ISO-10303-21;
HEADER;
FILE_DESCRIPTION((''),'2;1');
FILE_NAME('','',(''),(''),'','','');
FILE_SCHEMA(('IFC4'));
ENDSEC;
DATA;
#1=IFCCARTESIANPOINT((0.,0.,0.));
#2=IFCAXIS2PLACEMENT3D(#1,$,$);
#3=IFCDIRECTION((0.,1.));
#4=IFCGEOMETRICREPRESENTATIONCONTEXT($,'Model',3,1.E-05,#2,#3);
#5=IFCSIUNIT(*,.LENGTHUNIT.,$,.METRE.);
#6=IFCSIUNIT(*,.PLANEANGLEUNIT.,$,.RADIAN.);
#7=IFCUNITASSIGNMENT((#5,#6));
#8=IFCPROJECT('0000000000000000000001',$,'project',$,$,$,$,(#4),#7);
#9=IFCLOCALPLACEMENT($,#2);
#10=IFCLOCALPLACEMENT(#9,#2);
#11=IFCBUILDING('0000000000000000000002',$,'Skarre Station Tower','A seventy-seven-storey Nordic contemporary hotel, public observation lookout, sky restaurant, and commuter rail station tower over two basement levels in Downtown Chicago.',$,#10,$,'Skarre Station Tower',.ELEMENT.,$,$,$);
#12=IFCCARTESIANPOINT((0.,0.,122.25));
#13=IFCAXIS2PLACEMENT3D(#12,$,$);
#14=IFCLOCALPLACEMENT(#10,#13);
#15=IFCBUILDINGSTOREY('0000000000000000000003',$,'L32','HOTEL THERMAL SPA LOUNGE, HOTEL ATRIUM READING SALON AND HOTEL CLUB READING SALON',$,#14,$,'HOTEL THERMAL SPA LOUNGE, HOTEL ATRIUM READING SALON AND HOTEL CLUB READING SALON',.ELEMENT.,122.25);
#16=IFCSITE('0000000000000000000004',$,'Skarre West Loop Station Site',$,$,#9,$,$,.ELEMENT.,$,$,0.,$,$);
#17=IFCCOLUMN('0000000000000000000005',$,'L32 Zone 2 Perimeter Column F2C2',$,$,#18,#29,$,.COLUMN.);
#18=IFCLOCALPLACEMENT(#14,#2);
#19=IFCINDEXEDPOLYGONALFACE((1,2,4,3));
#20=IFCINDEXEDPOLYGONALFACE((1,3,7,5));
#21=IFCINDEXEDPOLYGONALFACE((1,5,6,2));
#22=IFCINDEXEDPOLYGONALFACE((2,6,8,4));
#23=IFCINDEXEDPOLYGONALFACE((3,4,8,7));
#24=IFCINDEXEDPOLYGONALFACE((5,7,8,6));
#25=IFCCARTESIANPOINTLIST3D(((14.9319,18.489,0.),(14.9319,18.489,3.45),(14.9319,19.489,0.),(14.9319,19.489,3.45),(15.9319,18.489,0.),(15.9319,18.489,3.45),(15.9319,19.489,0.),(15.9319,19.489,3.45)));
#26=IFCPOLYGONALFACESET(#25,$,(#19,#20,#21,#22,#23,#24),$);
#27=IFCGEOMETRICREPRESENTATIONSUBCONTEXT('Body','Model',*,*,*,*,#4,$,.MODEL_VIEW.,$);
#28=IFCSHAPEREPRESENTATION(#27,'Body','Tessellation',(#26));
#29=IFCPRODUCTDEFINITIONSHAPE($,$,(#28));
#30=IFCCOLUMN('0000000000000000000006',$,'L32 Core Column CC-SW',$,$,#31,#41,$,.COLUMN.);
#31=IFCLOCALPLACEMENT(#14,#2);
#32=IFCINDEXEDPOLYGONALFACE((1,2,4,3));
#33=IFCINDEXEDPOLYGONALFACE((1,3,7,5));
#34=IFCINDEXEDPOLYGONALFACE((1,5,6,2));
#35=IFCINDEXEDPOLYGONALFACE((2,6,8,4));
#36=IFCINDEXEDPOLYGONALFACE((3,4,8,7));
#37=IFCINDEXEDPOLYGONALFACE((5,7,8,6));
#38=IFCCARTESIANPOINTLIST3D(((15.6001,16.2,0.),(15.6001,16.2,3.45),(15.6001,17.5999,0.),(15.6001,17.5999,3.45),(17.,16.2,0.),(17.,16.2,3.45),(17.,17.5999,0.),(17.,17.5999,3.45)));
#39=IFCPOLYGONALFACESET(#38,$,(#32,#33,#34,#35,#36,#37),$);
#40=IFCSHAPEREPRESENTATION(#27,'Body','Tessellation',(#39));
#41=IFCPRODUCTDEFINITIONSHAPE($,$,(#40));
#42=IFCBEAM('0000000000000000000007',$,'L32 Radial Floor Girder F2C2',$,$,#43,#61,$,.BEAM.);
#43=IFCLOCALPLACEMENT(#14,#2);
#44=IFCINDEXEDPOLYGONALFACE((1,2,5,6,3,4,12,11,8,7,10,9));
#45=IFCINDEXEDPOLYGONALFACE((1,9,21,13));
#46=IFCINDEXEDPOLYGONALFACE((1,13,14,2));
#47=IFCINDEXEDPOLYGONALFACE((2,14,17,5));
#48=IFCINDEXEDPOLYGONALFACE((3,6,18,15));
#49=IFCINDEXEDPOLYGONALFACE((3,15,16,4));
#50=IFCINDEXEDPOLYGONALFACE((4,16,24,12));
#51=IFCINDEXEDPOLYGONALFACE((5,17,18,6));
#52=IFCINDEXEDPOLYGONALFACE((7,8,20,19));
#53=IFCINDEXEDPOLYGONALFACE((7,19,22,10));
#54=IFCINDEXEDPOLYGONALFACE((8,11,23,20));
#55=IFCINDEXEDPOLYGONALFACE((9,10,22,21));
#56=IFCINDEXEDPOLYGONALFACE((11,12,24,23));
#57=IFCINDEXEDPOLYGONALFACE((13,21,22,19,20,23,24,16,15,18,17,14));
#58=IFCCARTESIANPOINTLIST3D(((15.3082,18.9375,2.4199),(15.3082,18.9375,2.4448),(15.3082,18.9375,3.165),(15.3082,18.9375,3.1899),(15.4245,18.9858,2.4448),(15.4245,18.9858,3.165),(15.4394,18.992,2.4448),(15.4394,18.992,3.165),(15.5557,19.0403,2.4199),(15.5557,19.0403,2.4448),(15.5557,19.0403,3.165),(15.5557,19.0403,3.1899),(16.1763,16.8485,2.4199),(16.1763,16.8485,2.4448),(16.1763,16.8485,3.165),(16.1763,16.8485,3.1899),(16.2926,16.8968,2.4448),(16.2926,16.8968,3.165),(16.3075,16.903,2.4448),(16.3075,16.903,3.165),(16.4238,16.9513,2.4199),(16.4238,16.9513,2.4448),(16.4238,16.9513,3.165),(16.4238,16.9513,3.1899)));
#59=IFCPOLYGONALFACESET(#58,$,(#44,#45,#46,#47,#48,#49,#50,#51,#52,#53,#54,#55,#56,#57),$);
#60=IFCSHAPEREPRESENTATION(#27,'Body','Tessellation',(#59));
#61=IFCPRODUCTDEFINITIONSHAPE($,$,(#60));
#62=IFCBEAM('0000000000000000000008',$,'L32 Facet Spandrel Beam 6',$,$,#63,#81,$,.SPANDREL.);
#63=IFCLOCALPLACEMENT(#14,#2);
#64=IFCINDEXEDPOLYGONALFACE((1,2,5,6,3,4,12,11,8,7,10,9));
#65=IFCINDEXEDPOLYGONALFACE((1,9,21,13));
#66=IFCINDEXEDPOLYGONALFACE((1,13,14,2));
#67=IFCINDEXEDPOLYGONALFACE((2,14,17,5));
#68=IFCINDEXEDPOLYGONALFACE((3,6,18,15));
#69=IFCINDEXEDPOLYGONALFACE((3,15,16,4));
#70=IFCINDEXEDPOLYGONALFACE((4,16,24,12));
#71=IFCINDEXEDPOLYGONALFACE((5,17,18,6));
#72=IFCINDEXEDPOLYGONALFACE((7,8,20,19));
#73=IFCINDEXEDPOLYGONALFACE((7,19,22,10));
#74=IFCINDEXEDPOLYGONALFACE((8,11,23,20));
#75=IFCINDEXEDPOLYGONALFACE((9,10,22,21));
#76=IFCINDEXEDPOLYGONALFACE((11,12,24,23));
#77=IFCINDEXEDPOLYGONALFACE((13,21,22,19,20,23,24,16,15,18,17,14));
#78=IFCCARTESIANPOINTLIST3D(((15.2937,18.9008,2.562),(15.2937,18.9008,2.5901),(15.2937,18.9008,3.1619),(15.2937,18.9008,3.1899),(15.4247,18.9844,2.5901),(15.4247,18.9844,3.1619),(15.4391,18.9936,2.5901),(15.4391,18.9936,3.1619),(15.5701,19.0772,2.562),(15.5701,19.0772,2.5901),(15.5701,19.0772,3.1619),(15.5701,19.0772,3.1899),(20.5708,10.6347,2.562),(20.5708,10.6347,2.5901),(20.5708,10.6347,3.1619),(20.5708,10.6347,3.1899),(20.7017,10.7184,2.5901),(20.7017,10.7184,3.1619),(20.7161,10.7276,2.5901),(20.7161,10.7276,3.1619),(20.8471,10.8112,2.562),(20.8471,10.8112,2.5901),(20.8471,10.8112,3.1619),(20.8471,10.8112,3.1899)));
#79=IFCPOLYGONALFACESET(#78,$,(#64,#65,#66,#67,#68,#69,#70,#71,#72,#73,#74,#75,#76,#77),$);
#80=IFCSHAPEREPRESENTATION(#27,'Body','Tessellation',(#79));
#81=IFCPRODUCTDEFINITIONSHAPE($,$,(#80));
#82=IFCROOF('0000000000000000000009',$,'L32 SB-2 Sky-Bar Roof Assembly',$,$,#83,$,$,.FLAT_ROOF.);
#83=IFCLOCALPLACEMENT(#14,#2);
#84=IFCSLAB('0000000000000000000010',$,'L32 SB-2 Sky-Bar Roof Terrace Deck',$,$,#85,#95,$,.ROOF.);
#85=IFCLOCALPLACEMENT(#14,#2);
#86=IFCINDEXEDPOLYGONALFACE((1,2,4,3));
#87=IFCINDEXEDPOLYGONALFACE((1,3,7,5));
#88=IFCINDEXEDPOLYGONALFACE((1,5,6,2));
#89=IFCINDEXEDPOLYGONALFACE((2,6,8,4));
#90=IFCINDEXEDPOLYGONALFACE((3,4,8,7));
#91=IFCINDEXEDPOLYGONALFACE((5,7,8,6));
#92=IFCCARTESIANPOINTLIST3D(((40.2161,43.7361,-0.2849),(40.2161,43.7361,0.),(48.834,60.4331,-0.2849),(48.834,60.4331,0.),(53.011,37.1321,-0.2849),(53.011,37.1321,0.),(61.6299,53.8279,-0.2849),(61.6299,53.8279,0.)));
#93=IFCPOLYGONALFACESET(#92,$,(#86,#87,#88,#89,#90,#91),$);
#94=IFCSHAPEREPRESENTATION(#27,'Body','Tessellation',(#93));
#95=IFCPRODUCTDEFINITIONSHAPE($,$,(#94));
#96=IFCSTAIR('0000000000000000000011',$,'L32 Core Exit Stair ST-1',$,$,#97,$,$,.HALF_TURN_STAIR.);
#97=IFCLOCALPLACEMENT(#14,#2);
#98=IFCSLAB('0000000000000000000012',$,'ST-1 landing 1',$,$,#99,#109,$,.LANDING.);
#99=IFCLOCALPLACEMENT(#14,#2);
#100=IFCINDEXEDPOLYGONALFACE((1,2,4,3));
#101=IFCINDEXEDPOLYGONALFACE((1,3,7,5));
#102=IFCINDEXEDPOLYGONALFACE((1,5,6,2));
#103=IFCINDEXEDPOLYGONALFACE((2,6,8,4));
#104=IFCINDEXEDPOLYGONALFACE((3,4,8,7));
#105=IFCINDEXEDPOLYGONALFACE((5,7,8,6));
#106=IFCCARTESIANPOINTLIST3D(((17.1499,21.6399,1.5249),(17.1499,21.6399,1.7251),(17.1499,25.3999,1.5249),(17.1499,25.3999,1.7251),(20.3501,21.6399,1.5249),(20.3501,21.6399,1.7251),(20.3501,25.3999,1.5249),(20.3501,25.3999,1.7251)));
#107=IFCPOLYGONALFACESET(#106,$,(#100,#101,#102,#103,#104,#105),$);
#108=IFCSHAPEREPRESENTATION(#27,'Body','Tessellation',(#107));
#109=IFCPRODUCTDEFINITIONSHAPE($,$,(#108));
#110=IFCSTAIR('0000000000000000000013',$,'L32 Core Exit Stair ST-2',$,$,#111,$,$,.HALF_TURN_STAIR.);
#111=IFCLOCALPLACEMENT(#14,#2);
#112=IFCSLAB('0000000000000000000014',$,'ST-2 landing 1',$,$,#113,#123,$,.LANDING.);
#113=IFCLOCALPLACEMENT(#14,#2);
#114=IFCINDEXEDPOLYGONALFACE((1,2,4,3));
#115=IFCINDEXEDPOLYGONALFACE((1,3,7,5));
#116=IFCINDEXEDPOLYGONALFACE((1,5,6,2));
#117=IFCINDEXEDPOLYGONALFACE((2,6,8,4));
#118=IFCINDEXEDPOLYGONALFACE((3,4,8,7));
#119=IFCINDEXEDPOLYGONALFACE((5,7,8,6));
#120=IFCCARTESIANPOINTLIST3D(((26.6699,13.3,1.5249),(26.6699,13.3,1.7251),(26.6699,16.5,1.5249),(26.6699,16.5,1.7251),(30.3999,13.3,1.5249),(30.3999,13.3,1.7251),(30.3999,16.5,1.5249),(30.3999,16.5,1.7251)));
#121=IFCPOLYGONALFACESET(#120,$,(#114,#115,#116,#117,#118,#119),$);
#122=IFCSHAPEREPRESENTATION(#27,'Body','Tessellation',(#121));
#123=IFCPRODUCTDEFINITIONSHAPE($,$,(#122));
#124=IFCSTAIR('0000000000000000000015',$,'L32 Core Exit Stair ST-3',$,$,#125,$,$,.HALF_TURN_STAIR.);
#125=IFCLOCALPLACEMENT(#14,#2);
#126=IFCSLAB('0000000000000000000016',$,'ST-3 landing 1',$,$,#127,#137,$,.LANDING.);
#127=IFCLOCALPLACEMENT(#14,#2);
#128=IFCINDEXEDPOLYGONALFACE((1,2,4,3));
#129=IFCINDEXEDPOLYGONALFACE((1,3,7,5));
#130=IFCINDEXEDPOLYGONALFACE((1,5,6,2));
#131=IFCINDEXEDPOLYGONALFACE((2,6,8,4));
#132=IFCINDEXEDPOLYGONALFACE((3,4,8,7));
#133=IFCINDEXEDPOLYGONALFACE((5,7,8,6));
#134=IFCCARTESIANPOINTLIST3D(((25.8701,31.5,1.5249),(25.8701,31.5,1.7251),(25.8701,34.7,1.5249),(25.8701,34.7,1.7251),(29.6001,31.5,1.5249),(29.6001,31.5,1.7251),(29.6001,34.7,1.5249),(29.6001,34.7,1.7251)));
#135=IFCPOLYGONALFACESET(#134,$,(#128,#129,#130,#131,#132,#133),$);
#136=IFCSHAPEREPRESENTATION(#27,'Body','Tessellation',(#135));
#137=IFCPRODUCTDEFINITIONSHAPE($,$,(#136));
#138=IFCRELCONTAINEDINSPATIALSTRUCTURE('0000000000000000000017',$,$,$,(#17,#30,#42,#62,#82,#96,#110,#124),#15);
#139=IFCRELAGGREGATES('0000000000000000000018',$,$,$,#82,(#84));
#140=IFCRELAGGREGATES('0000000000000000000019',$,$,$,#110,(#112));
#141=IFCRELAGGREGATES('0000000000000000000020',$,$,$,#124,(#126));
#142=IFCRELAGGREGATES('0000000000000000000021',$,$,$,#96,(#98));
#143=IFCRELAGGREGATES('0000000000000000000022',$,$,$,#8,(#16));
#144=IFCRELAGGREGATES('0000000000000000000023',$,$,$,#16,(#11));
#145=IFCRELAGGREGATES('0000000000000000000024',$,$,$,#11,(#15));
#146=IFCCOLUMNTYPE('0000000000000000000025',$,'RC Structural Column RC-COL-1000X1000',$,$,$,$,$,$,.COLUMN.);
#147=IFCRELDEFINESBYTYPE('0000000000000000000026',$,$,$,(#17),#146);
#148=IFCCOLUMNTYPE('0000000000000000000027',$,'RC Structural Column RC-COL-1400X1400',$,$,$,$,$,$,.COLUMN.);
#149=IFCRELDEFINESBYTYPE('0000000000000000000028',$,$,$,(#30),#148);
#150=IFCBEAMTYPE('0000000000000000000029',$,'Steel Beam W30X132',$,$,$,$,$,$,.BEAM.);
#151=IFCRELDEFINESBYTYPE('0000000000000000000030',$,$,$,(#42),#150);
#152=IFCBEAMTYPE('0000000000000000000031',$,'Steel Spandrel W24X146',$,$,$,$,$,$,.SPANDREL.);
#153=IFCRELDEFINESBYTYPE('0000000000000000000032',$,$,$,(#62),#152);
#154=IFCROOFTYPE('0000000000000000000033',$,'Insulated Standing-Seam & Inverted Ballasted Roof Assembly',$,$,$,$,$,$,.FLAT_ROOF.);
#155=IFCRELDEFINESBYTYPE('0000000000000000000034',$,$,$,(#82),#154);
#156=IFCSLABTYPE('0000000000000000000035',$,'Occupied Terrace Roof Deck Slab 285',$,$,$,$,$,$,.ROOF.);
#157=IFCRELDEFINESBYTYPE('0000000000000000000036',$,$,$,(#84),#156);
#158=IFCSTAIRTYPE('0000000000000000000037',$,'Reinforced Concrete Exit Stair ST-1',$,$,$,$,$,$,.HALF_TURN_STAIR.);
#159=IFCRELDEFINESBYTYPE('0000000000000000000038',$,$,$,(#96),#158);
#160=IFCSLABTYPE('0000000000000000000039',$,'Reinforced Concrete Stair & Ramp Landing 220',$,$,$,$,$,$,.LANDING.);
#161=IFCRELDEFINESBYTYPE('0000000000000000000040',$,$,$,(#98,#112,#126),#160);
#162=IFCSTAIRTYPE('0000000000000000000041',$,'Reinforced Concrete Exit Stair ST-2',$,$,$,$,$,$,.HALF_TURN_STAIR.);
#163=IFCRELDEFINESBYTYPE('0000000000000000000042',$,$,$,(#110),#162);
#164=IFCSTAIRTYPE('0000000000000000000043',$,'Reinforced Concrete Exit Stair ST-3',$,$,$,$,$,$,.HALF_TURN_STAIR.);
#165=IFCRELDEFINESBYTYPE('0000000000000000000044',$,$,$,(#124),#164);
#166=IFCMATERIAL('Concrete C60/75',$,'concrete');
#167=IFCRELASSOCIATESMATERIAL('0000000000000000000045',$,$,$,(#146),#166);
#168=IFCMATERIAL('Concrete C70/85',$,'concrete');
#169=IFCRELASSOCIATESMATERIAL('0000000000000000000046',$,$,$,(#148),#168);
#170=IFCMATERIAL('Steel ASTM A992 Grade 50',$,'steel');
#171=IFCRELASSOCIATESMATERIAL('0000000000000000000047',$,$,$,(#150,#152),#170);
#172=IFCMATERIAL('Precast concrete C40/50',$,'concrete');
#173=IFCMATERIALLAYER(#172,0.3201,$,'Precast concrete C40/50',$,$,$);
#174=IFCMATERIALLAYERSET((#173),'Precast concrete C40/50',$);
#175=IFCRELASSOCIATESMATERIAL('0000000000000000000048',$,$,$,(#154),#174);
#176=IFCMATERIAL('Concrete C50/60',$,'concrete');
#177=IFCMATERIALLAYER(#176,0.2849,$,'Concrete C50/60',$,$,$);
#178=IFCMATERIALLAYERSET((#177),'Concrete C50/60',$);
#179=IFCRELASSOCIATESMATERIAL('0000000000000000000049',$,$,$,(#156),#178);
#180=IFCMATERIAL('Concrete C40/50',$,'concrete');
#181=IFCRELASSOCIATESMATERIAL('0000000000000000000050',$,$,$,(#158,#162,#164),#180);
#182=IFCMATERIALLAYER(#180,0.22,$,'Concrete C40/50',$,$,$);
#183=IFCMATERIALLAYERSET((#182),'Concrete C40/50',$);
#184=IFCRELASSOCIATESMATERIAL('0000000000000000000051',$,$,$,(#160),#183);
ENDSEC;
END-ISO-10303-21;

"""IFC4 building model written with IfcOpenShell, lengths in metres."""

from ifc_helpers import new_model, si_unit, direction, frame, origin, origin_2d, place, context, subcontext, project, spatial, polyline, rectangle, i_section, outline, extrude, material, layer, layer_set, material_profile, profile_set, type_object, element, aggregate, save


model = new_model("IFC4")

# Units and contexts
model_context = context("Model", 3, precision=1e-05, world=origin(), true_north=direction((0.0, 1.0)))
body_context = subcontext(model_context, "Body", "Model", "MODEL_VIEW")
ifc_project = project(units=[si_unit("LENGTHUNIT", "METRE"), si_unit("PLANEANGLEUNIT", "RADIAN")], contexts=[model_context])

# Site, building, storey
site_placement = place(None, origin())
site = spatial("IfcSite", under=ifc_project, at=site_placement, Name="Skarre West Loop Station Site", CompositionType="ELEMENT", RefElevation=0.0)
building_placement = place(site_placement, origin())
building = spatial("IfcBuilding", under=site, at=building_placement, Name="Skarre Station Tower", Description="A seventy-seven-storey Nordic contemporary hotel, public observation lookout, sky restaurant, and commuter rail station tower over two basement levels in Downtown Chicago.", LongName="Skarre Station Tower", CompositionType="ELEMENT")
storey_placement = place(building_placement, frame((0.0, 0.0, 122.25)))
storey = spatial("IfcBuildingStorey", under=building, at=storey_placement, Name="L32", Description="HOTEL THERMAL SPA LOUNGE, HOTEL ATRIUM READING SALON AND HOTEL CLUB READING SALON", LongName="HOTEL THERMAL SPA LOUNGE, HOTEL ATRIUM READING SALON AND HOTEL CLUB READING SALON", CompositionType="ELEMENT", Elevation=122.25)

# Columns
ifc_material_1 = material(Name="Concrete C60/75", Category="concrete")
ifc_material_profile_1 = material_profile(ifc_material_1, rectangle(XDim=1.0, YDim=1.0, at=origin_2d()), Name="Concrete C60/75")
ifc_profile_set_1 = profile_set([ifc_material_profile_1], Name="Concrete C60/75")
column_type_1 = type_object("IfcColumnType", Name="RC Structural Column RC-COL-1000X1000", PredefinedType="COLUMN", material=ifc_profile_set_1)
column_1_placement = place(storey_placement, frame((15.4319, 18.989, 0.0), z_axis=(0.0, 0.0, 1.0), x_axis=(1.0, 0.0, 0.0)))
element("IfcColumn", 1, at=column_1_placement, inside=storey, type_object=column_type_1, Name="L32 Zone 2 Perimeter Column F2C2", PredefinedType="COLUMN", context=body_context, shape_type="SweptSolid", body=[
    extrude(rectangle(XDim=1.0, YDim=1.0, at=origin_2d()), origin(), (0.0, 0.0, 1.0), 3.45),
])
ifc_material_2 = material(Name="Concrete C70/85", Category="concrete")
ifc_material_profile_2 = material_profile(ifc_material_2, rectangle(XDim=1.3999, YDim=1.3999, at=origin_2d()), Name="Concrete C70/85")
ifc_profile_set_2 = profile_set([ifc_material_profile_2], Name="Concrete C70/85")
column_type_2 = type_object("IfcColumnType", Name="RC Structural Column RC-COL-1400X1400", PredefinedType="COLUMN", material=ifc_profile_set_2)
column_2_placement = place(storey_placement, frame((16.3, 16.8999, 0.0), z_axis=(0.0, 0.0, 1.0), x_axis=(1.0, 0.0, 0.0)))
element("IfcColumn", 2, at=column_2_placement, inside=storey, type_object=column_type_2, Name="L32 Core Column CC-SW", PredefinedType="COLUMN", context=body_context, shape_type="SweptSolid", body=[
    extrude(rectangle(XDim=1.3999, YDim=1.3999, at=origin_2d()), origin(), (0.0, 0.0, 1.0), 3.45),
])

# Beams
ifc_material_3 = material(Name="Steel ASTM A992 Grade 50", Category="steel")
ifc_material_profile_3 = material_profile(ifc_material_3, i_section(OverallWidth=0.2681, OverallDepth=0.77, WebThickness=0.0161, FlangeThickness=0.0249, at=origin_2d()), Name="Steel ASTM A992 Grade 50")
ifc_profile_set_3 = profile_set([ifc_material_profile_3], Name="Steel ASTM A992 Grade 50")
beam_type_1 = type_object("IfcBeamType", Name="Steel Beam W30X132", PredefinedType="BEAM", material=ifc_profile_set_3)
beam_1_placement = place(storey_placement, frame((16.3, 16.8999, 2.8049), z_axis=(-0.383749, 0.923437, 0.0), x_axis=(-0.923437, -0.383749, 0.0)))
element("IfcBeam", 3, at=beam_1_placement, inside=storey, type_object=beam_type_1, Name="L32 Radial Floor Girder F2C2", PredefinedType="BEAM", context=body_context, shape_type="SweptSolid", body=[
    extrude(i_section(OverallWidth=0.2681, OverallDepth=0.77, WebThickness=0.0161, FlangeThickness=0.0249, at=origin_2d()), origin(), (0.0, 0.0, 1.0), 2.2622),
])
ifc_material_profile_4 = material_profile(ifc_material_3, i_section(OverallWidth=0.3279, OverallDepth=0.6279, WebThickness=0.0171, FlangeThickness=0.0281, at=origin_2d()), Name="Steel ASTM A992 Grade 50")
ifc_profile_set_4 = profile_set([ifc_material_profile_4], Name="Steel ASTM A992 Grade 50")
beam_type_2 = type_object("IfcBeamType", Name="Steel Spandrel W24X146", PredefinedType="SPANDREL", material=ifc_profile_set_4)
beam_2_placement = place(storey_placement, frame((15.4319, 18.989, 2.876), z_axis=(0.538098, -0.842883, 0.0), x_axis=(0.842883, 0.538098, 0.0)))
element("IfcBeam", 4, at=beam_2_placement, inside=storey, type_object=beam_type_2, Name="L32 Facet Spandrel Beam 6", PredefinedType="SPANDREL", context=body_context, shape_type="SweptSolid", body=[
    extrude(i_section(OverallWidth=0.3279, OverallDepth=0.6279, WebThickness=0.0171, FlangeThickness=0.0281, at=origin_2d()), origin(), (0.0, 0.0, 1.0), 9.8069),
])

# Roof, slab
ifc_material_4 = material(Name="Precast concrete C40/50", Category="concrete")
ifc_layer_1 = layer(ifc_material_4, 0.3201, Name="Precast concrete C40/50")
ifc_layer_set_1 = layer_set([ifc_layer_1], Name="Precast concrete C40/50")
roof_type = type_object("IfcRoofType", Name="Insulated Standing-Seam & Inverted Ballasted Roof Assembly", PredefinedType="FLAT_ROOF", material=ifc_layer_set_1)
roof_placement = place(storey_placement, origin())
roof = element("IfcRoof", 5, at=roof_placement, inside=storey, type_object=roof_type, Name="L32 SB-2 Sky-Bar Roof Assembly", PredefinedType="FLAT_ROOF")
ifc_material_5 = material(Name="Concrete C50/60", Category="concrete")
ifc_layer_2 = layer(ifc_material_5, 0.2849, Name="Concrete C50/60")
ifc_layer_set_2 = layer_set([ifc_layer_2], Name="Concrete C50/60")
slab_type_1 = type_object("IfcSlabType", Name="Occupied Terrace Roof Deck Slab 285", PredefinedType="ROOF", material=ifc_layer_set_2)
slab_1_placement = place(storey_placement, frame((0.0, 0.0, -0.2849)))
slab_1 = element("IfcSlab", 6, at=slab_1_placement, type_object=slab_type_1, Name="L32 SB-2 Sky-Bar Roof Terrace Deck", PredefinedType="ROOF", context=body_context, shape_type="SweptSolid", body=[
    extrude(outline(polyline([(40.2161, 43.7361), (53.011, 37.1321), (61.6299, 53.8279), (48.834, 60.4331), (40.2161, 43.7361)])), origin(), (0.0, 0.0, 1.0), 0.2849),
])
aggregate(roof, [slab_1])

# Stairs, slabs
ifc_material_6 = material(Name="Concrete C40/50", Category="concrete")
stair_type_1 = type_object("IfcStairType", Name="Reinforced Concrete Exit Stair ST-1", PredefinedType="HALF_TURN_STAIR", material=ifc_material_6)
stair_1_placement = place(storey_placement, origin())
stair_1 = element("IfcStair", 7, at=stair_1_placement, inside=storey, type_object=stair_type_1, Name="L32 Core Exit Stair ST-1", PredefinedType="HALF_TURN_STAIR")
ifc_layer_3 = layer(ifc_material_6, 0.22, Name="Concrete C40/50")
ifc_layer_set_3 = layer_set([ifc_layer_3], Name="Concrete C40/50")
slab_type_2 = type_object("IfcSlabType", Name="Reinforced Concrete Stair & Ramp Landing 220", PredefinedType="LANDING", material=ifc_layer_set_3)
slab_2_placement = place(storey_placement, frame((0.0, 0.0, 1.5249)))
slab_2 = element("IfcSlab", 8, at=slab_2_placement, type_object=slab_type_2, Name="ST-1 landing 1", PredefinedType="LANDING", context=body_context, shape_type="SweptSolid", body=[
    extrude(outline(polyline([(20.3501, 21.6399), (20.3501, 25.3999), (17.1499, 25.3999), (17.1499, 21.6399), (20.3501, 21.6399)])), origin(), (0.0, 0.0, 1.0), 0.2002),
])
stair_type_2 = type_object("IfcStairType", Name="Reinforced Concrete Exit Stair ST-2", PredefinedType="HALF_TURN_STAIR", material=ifc_material_6)
stair_2_placement = place(storey_placement, origin())
stair_2 = element("IfcStair", 9, at=stair_2_placement, inside=storey, type_object=stair_type_2, Name="L32 Core Exit Stair ST-2", PredefinedType="HALF_TURN_STAIR")
slab_3_placement = place(storey_placement, frame((0.0, 0.0, 1.5249)))
slab_3 = element("IfcSlab", 10, at=slab_3_placement, type_object=slab_type_2, Name="ST-2 landing 1", PredefinedType="LANDING", context=body_context, shape_type="SweptSolid", body=[
    extrude(outline(polyline([(26.6699, 13.3), (30.3999, 13.3), (30.3999, 16.5), (26.6699, 16.5), (26.6699, 13.3)])), origin(), (0.0, 0.0, 1.0), 0.2002),
])
aggregate(stair_2, [slab_3])
stair_type_3 = type_object("IfcStairType", Name="Reinforced Concrete Exit Stair ST-3", PredefinedType="HALF_TURN_STAIR", material=ifc_material_6)
stair_3_placement = place(storey_placement, origin())
stair_3 = element("IfcStair", 11, at=stair_3_placement, inside=storey, type_object=stair_type_3, Name="L32 Core Exit Stair ST-3", PredefinedType="HALF_TURN_STAIR")
slab_4_placement = place(storey_placement, frame((0.0, 0.0, 1.5249)))
slab_4 = element("IfcSlab", 12, at=slab_4_placement, type_object=slab_type_2, Name="ST-3 landing 1", PredefinedType="LANDING", context=body_context, shape_type="SweptSolid", body=[
    extrude(outline(polyline([(25.8701, 31.5), (29.6001, 31.5), (29.6001, 34.7), (25.8701, 34.7), (25.8701, 31.5)])), origin(), (0.0, 0.0, 1.0), 0.2002),
])
aggregate(stair_3, [slab_4])

aggregate(stair_1, [slab_2])

save(model, "model.ifc")
